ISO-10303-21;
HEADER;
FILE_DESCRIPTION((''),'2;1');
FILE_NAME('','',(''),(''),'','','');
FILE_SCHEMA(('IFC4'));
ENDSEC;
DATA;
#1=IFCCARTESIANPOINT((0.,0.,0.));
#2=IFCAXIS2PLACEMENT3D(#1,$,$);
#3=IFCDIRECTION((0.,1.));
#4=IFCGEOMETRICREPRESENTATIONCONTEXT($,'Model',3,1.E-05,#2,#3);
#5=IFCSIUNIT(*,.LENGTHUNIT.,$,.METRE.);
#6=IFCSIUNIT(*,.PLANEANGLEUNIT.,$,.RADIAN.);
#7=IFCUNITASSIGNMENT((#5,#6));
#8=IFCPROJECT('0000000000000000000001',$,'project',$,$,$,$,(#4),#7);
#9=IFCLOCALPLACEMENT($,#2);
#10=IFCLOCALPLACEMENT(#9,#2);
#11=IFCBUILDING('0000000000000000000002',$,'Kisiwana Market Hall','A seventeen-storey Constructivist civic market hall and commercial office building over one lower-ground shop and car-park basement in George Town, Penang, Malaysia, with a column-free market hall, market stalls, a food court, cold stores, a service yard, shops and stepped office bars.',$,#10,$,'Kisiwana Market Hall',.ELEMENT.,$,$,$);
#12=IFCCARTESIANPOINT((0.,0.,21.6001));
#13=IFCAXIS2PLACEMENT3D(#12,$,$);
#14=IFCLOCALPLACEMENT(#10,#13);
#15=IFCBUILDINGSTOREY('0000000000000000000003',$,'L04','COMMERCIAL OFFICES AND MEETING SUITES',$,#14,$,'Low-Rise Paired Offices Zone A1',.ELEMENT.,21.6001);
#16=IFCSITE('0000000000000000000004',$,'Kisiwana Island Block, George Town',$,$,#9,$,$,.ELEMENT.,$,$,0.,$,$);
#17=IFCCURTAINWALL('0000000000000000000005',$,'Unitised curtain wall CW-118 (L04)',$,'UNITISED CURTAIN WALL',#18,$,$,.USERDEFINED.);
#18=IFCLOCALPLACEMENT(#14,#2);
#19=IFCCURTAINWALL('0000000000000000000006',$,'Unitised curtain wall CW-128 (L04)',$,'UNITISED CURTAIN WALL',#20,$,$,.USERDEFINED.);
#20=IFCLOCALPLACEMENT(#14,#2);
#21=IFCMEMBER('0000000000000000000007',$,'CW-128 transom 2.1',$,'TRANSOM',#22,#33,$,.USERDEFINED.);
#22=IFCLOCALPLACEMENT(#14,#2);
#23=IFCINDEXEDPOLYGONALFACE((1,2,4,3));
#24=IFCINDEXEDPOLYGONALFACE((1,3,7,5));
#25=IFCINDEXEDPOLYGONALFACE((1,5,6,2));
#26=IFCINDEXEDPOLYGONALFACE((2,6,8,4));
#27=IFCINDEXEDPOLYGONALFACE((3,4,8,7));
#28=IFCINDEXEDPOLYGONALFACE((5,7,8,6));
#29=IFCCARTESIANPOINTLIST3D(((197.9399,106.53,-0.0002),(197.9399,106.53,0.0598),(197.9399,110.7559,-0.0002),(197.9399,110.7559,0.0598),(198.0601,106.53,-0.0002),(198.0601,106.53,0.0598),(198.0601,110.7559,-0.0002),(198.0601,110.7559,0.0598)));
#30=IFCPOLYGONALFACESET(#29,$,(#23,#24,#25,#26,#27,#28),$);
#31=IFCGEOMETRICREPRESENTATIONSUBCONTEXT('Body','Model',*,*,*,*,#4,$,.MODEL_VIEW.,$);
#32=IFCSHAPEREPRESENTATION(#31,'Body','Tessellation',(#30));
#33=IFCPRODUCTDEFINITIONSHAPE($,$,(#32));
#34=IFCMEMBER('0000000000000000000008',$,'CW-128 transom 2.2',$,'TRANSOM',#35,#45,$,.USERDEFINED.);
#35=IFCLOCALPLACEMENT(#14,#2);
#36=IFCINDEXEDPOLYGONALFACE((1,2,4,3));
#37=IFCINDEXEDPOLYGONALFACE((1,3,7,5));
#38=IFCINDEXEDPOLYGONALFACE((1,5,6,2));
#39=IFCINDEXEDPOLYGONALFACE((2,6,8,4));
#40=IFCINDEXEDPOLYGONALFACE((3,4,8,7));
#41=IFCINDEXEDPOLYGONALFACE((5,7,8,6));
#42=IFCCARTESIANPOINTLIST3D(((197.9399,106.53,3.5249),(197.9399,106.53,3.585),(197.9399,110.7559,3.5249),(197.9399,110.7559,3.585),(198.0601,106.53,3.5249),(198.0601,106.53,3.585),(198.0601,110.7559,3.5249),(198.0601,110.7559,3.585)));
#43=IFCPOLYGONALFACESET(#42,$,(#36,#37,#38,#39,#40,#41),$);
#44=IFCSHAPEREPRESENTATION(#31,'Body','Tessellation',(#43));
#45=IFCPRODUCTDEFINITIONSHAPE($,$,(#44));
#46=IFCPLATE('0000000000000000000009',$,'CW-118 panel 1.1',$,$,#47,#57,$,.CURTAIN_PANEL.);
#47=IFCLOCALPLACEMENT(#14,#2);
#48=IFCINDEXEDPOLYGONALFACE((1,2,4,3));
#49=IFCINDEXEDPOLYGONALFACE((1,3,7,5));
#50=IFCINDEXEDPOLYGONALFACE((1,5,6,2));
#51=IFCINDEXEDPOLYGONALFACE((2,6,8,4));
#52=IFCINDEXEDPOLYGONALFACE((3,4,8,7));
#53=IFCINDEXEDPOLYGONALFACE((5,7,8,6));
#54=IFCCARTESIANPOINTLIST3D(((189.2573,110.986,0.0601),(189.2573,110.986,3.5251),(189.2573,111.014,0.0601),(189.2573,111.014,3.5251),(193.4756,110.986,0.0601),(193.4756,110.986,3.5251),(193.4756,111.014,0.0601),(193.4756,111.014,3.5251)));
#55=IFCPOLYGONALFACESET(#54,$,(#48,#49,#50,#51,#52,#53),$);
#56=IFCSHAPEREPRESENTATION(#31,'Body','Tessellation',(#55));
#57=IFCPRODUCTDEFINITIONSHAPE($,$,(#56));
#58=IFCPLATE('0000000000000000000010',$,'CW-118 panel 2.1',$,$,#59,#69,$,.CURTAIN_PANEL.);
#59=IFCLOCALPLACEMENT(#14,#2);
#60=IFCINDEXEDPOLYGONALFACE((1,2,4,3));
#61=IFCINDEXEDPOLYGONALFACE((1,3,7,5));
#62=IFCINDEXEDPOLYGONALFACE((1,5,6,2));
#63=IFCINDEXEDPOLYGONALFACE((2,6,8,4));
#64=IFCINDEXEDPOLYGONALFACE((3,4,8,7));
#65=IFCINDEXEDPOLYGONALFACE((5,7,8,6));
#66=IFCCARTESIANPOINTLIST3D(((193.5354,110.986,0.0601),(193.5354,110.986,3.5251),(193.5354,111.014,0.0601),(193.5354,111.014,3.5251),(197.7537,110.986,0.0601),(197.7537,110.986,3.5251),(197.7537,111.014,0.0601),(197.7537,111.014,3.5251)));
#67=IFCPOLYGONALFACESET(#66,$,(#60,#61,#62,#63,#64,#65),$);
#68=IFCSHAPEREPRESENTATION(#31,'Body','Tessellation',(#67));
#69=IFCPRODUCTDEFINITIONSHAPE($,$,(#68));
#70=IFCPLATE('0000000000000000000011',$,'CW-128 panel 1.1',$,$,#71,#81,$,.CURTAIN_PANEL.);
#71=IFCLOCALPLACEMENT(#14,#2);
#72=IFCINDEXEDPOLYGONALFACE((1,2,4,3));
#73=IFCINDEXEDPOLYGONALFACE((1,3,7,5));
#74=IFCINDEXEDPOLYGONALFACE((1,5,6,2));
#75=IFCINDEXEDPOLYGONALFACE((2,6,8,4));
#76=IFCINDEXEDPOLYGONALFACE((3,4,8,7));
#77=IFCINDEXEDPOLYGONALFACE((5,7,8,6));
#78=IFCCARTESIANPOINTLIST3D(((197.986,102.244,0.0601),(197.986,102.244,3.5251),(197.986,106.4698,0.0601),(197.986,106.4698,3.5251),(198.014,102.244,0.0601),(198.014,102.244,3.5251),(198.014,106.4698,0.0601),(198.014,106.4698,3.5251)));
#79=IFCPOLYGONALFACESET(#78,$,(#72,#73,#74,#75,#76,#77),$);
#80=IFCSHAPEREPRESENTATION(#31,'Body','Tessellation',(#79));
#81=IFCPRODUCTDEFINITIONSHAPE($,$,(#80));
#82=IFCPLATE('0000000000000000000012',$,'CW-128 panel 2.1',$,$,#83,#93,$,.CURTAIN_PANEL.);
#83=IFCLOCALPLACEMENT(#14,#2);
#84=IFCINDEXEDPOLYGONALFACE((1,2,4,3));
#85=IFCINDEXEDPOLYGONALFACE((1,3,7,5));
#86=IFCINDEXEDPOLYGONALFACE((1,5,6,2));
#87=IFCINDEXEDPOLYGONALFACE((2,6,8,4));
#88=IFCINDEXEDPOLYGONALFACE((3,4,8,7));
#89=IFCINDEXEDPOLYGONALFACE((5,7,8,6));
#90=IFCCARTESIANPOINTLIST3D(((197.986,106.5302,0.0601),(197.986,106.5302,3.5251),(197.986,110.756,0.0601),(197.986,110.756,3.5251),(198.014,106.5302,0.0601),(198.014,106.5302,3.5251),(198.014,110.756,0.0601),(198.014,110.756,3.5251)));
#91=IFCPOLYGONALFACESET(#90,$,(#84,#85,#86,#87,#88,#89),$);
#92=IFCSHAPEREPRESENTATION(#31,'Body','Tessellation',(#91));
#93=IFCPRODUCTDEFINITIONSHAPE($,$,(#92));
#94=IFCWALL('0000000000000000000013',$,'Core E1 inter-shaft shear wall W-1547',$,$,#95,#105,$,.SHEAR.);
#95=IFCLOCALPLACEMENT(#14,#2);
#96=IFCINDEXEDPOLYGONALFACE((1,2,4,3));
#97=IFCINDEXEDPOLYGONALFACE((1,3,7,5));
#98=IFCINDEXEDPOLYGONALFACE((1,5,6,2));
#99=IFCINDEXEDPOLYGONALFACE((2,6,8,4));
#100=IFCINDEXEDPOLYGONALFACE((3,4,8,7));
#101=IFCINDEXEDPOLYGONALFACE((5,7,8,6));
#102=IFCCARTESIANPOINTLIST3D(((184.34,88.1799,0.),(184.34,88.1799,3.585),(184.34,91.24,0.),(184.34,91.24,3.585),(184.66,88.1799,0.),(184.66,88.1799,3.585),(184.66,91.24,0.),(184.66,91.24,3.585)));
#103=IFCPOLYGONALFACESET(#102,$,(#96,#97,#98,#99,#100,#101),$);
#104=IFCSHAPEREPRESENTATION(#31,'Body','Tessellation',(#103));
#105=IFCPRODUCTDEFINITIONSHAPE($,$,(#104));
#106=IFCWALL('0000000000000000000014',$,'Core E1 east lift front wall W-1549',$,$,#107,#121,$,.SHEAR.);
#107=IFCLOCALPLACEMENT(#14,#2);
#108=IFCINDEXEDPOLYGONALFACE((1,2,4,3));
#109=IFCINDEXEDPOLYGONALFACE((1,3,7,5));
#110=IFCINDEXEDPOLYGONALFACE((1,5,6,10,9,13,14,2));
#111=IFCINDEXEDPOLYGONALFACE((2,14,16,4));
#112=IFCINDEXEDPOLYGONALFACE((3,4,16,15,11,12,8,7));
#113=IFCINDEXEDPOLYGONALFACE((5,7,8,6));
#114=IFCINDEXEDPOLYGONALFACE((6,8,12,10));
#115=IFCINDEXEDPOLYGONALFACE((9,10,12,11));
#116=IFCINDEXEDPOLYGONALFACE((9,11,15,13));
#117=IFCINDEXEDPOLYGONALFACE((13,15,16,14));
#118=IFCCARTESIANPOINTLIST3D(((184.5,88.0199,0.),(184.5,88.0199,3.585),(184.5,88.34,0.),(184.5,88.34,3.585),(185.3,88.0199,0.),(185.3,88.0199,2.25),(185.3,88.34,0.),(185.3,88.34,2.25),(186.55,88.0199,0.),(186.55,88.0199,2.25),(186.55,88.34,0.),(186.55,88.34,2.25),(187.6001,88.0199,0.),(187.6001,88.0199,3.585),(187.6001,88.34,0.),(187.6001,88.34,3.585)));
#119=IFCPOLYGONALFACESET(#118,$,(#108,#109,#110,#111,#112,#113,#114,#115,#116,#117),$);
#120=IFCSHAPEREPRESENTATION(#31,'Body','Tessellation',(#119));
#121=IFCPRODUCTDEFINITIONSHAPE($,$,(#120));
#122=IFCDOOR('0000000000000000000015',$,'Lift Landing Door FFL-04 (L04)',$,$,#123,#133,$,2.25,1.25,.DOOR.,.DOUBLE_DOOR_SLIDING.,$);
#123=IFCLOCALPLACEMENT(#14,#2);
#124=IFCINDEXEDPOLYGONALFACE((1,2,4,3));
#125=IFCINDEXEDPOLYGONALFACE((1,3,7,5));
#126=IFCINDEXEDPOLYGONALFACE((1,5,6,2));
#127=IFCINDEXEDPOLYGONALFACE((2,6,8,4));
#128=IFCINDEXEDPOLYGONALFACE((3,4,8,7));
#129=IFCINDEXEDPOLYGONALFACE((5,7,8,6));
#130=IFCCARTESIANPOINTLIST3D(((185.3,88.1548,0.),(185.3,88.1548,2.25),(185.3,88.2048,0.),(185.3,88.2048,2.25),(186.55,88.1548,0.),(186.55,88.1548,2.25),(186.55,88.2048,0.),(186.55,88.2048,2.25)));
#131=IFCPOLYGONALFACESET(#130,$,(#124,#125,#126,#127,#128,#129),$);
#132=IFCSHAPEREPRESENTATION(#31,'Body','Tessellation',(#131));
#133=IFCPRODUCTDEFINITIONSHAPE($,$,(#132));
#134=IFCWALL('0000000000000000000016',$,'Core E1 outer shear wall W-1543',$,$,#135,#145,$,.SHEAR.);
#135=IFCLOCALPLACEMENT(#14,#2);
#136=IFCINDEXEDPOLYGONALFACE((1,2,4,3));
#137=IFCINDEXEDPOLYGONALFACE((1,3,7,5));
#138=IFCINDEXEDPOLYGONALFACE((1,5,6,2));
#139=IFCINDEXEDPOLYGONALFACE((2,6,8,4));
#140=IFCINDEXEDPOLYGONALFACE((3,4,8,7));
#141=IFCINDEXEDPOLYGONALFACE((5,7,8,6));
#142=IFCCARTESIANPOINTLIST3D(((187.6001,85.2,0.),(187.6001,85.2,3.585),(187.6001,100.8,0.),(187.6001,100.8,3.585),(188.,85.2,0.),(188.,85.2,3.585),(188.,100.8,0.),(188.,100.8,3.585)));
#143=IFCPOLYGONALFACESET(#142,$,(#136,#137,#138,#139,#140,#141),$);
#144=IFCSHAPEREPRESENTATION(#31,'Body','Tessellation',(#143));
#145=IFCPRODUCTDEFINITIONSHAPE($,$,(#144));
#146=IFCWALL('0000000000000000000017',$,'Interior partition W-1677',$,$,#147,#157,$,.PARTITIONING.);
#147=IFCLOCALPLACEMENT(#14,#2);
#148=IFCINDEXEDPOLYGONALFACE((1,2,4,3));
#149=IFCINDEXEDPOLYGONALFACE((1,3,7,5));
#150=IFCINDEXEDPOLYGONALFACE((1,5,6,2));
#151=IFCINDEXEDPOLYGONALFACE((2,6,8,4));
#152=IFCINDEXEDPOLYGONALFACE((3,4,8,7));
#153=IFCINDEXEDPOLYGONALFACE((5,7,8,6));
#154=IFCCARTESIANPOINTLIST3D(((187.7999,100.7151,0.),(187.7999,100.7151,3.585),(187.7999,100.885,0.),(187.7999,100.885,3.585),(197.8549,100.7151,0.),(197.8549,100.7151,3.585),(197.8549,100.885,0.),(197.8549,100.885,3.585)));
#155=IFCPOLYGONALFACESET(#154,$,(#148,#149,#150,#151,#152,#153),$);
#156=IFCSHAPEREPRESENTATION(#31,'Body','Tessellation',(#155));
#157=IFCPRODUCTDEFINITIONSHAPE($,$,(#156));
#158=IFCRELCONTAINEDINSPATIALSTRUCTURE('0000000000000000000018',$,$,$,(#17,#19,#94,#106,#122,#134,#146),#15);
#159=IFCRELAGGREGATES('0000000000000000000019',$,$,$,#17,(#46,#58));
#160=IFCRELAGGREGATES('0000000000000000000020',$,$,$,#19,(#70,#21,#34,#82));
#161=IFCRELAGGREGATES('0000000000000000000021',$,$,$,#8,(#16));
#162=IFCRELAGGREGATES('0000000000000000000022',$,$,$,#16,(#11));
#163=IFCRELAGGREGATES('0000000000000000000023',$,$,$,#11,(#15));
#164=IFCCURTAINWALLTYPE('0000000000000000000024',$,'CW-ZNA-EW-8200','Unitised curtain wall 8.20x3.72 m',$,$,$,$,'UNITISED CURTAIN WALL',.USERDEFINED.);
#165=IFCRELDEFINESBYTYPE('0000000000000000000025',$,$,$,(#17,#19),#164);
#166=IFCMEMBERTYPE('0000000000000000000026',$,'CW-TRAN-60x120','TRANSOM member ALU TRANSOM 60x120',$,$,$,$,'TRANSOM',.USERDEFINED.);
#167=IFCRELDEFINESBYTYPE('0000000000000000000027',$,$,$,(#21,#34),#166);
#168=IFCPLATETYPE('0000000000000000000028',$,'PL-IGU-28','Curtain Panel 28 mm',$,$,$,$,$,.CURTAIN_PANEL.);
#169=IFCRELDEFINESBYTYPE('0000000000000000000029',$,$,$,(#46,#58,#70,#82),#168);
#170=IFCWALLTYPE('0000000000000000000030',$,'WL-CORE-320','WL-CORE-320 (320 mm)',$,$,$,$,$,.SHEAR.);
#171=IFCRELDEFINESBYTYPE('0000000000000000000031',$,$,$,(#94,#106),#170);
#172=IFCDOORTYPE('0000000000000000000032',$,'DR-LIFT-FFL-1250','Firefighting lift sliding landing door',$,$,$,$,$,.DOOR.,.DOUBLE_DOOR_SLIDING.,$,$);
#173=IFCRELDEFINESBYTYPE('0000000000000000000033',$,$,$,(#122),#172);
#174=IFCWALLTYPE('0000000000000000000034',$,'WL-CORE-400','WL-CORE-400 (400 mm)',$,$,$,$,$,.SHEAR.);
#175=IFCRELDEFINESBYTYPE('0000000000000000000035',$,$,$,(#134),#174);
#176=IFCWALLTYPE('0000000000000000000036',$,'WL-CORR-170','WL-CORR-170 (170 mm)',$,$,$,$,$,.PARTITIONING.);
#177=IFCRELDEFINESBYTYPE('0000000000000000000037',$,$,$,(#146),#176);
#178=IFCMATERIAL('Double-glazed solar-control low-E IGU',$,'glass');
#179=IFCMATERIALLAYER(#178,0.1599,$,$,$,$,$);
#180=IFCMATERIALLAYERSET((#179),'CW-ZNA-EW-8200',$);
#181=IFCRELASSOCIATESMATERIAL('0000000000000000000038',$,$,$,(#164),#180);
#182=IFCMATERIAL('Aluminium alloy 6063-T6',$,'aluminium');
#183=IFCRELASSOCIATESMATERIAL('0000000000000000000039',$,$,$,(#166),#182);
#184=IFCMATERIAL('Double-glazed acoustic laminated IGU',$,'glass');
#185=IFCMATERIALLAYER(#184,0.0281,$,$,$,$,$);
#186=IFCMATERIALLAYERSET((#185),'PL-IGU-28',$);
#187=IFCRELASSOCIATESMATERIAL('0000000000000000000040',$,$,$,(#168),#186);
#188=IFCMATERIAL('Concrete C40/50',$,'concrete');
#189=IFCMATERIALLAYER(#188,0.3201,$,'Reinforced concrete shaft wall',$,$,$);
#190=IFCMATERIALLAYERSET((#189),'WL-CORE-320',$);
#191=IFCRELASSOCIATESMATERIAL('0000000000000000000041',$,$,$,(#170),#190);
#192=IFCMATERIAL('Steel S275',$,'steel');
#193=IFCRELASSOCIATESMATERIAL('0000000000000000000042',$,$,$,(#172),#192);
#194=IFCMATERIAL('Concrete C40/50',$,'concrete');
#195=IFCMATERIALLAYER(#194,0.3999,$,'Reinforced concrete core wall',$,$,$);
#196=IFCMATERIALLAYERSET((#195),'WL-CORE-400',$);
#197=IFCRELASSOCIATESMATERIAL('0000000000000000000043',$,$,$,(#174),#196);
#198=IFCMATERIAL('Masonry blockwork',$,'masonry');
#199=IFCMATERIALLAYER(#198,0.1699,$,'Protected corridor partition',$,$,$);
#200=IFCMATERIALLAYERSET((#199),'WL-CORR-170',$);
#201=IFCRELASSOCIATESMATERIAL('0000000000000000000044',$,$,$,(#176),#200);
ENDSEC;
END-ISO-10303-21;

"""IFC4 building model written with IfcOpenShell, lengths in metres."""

from ifc_helpers import new_model, si_unit, direction, frame, frame_2d, origin, origin_2d, place, context, subcontext, project, spatial, rectangle, extrude, material, layer, layer_set, material_profile, profile_set, type_object, element, fill, aggregate, save


model = new_model("IFC4")

# Units and contexts
model_context = context("Model", 3, precision=1e-05, world=origin(), true_north=direction((0.0, 1.0)))
body_context = subcontext(model_context, "Body", "Model", "MODEL_VIEW")
ifc_project = project(units=[si_unit("LENGTHUNIT", "METRE"), si_unit("PLANEANGLEUNIT", "RADIAN")], contexts=[model_context])

# Site, building, storey
site_placement = place(None, origin())
site = spatial("IfcSite", under=ifc_project, at=site_placement, Name="Kisiwana Island Block, George Town", CompositionType="ELEMENT", RefElevation=0.0)
building_placement = place(site_placement, origin())
building = spatial("IfcBuilding", under=site, at=building_placement, Name="Kisiwana Market Hall", Description="A seventeen-storey Constructivist civic market hall and commercial office building over one lower-ground shop and car-park basement in George Town, Penang, Malaysia, with a column-free market hall, market stalls, a food court, cold stores, a service yard, shops and stepped office bars.", LongName="Kisiwana Market Hall", CompositionType="ELEMENT")
storey_placement = place(building_placement, frame((0.0, 0.0, 21.6001)))
storey = spatial("IfcBuildingStorey", under=building, at=storey_placement, Name="L04", Description="COMMERCIAL OFFICES AND MEETING SUITES", LongName="Low-Rise Paired Offices Zone A1", CompositionType="ELEMENT", Elevation=21.6001)

# Curtain walls
ifc_material_1 = material(Name="Double-glazed solar-control low-E IGU", Category="glass")
ifc_layer_1 = layer(ifc_material_1, 0.1599)
ifc_layer_set_1 = layer_set([ifc_layer_1], Name="CW-ZNA-EW-8200")
curtain_wall_type = type_object("IfcCurtainWallType", Name="CW-ZNA-EW-8200", Description="Unitised curtain wall 8.20x3.72 m", ElementType="UNITISED CURTAIN WALL", PredefinedType="USERDEFINED", material=ifc_layer_set_1)
curtain_wall_1_placement = place(storey_placement, origin())
curtain_wall_1 = element("IfcCurtainWall", 1, at=curtain_wall_1_placement, inside=storey, type_object=curtain_wall_type, Name="Unitised curtain wall CW-118 (L04)", ObjectType="UNITISED CURTAIN WALL", PredefinedType="USERDEFINED")
curtain_wall_2_placement = place(storey_placement, origin())
curtain_wall_2 = element("IfcCurtainWall", 2, at=curtain_wall_2_placement, inside=storey, type_object=curtain_wall_type, Name="Unitised curtain wall CW-128 (L04)", ObjectType="UNITISED CURTAIN WALL", PredefinedType="USERDEFINED")

# Members
ifc_material_2 = material(Name="Aluminium alloy 6063-T6", Category="aluminium")
ifc_material_profile_1 = material_profile(ifc_material_2, rectangle(XDim=0.1201, YDim=0.0601, at=origin_2d()), Name="ALU TRANSOM 60x120")
ifc_profile_set_1 = profile_set([ifc_material_profile_1], Name="Aluminium alloy 6063-T6")
member_type_1 = type_object("IfcMemberType", Name="CW-TRAN-60x120", Description="TRANSOM member ALU TRANSOM 60x120", ElementType="TRANSOM", PredefinedType="USERDEFINED", material=ifc_profile_set_1)
member_1_placement = place(storey_placement, frame((198.0, 106.53, 0.0298), z_axis=(0.0, 1.0, 0.0), x_axis=(-1.0, 0.0, 0.0)))
member_1 = element("IfcMember", 3, at=member_1_placement, type_object=member_type_1, Name="CW-128 transom 2.1", ObjectType="TRANSOM", PredefinedType="USERDEFINED", context=body_context, shape_type="SweptSolid", body=[
    extrude(rectangle(XDim=0.1201, YDim=0.0601, at=origin_2d()), origin(), (0.0, 0.0, 1.0), 4.2258),
])
member_2_placement = place(storey_placement, frame((198.0, 106.53, 3.5549), z_axis=(0.0, 1.0, 0.0), x_axis=(-1.0, 0.0, 0.0)))
member_2 = element("IfcMember", 4, at=member_2_placement, type_object=member_type_1, Name="CW-128 transom 2.2", ObjectType="TRANSOM", PredefinedType="USERDEFINED", context=body_context, shape_type="SweptSolid", body=[
    extrude(rectangle(XDim=0.1201, YDim=0.0601, at=origin_2d()), origin(), (0.0, 0.0, 1.0), 4.2258),
])

# Plates
ifc_material_3 = material(Name="Double-glazed acoustic laminated IGU", Category="glass")
ifc_layer_2 = layer(ifc_material_3, 0.0281)
ifc_layer_set_2 = layer_set([ifc_layer_2], Name="PL-IGU-28")
plate_type = type_object("IfcPlateType", Name="PL-IGU-28", Description="Curtain Panel 28 mm", PredefinedType="CURTAIN_PANEL", material=ifc_layer_set_2)
plate_1_placement = place(storey_placement, frame((191.3665, 111.0, 0.0601), z_axis=(0.0, 0.0, 1.0), x_axis=(1.0, 0.0, 0.0)))
plate_1 = element("IfcPlate", 5, at=plate_1_placement, type_object=plate_type, Name="CW-118 panel 1.1", PredefinedType="CURTAIN_PANEL", context=body_context, shape_type="SweptSolid", body=[
    extrude(rectangle(XDim=4.2183, YDim=0.0281, at=origin_2d()), origin(), (0.0, 0.0, 1.0), 3.4651),
])
plate_2_placement = place(storey_placement, frame((195.6445, 111.0, 0.0601), z_axis=(0.0, 0.0, 1.0), x_axis=(1.0, 0.0, 0.0)))
plate_2 = element("IfcPlate", 6, at=plate_2_placement, type_object=plate_type, Name="CW-118 panel 2.1", PredefinedType="CURTAIN_PANEL", context=body_context, shape_type="SweptSolid", body=[
    extrude(rectangle(XDim=4.2183, YDim=0.0281, at=origin_2d()), origin(), (0.0, 0.0, 1.0), 3.4651),
])
aggregate(curtain_wall_1, [plate_1, plate_2])
plate_3_placement = place(storey_placement, frame((198.0, 104.3569, 0.0601), z_axis=(0.0, 0.0, 1.0), x_axis=(0.0, 1.0, 0.0)))
plate_3 = element("IfcPlate", 7, at=plate_3_placement, type_object=plate_type, Name="CW-128 panel 1.1", PredefinedType="CURTAIN_PANEL", context=body_context, shape_type="SweptSolid", body=[
    extrude(rectangle(XDim=4.2258, YDim=0.0281, at=origin_2d()), origin(), (0.0, 0.0, 1.0), 3.4651),
])
plate_4_placement = place(storey_placement, frame((198.0, 108.6431, 0.0601), z_axis=(0.0, 0.0, 1.0), x_axis=(0.0, 1.0, 0.0)))
plate_4 = element("IfcPlate", 8, at=plate_4_placement, type_object=plate_type, Name="CW-128 panel 2.1", PredefinedType="CURTAIN_PANEL", context=body_context, shape_type="SweptSolid", body=[
    extrude(rectangle(XDim=4.2258, YDim=0.0281, at=origin_2d()), origin(), (0.0, 0.0, 1.0), 3.4651),
])
aggregate(curtain_wall_2, [plate_3, member_1, member_2, plate_4])

# Wall
ifc_material_4 = material(Name="Concrete C40/50", Category="concrete")
ifc_layer_3 = layer(ifc_material_4, 0.3201, Name="Reinforced concrete shaft wall")
ifc_layer_set_3 = layer_set([ifc_layer_3], Name="WL-CORE-320")
wall_type_1 = type_object("IfcWallType", Name="WL-CORE-320", Description="WL-CORE-320 (320 mm)", PredefinedType="SHEAR", material=ifc_layer_set_3)
wall_1_placement = place(storey_placement, frame((184.5, 88.1799, 0.0), z_axis=(0.0, 0.0, 1.0), x_axis=(0.0, 1.0, 0.0)))
element("IfcWall", 9, at=wall_1_placement, inside=storey, type_object=wall_type_1, Name="Core E1 inter-shaft shear wall W-1547", PredefinedType="SHEAR", context=body_context, shape_type="SweptSolid", body=[
    extrude(rectangle(XDim=3.0601, YDim=0.3201, at=frame_2d((1.53, 0.0))), origin(), (0.0, 0.0, 1.0), 3.585),
])

# Wall, opening, door
wall_2_placement = place(storey_placement, frame((184.5, 88.1799, 0.0), z_axis=(0.0, 0.0, 1.0), x_axis=(1.0, 0.0, 0.0)))
wall_2 = element("IfcWall", 10, at=wall_2_placement, inside=storey, type_object=wall_type_1, Name="Core E1 east lift front wall W-1549", PredefinedType="SHEAR", context=body_context, shape_type="SweptSolid", body=[
    extrude(rectangle(XDim=3.1001, YDim=0.3201, at=frame_2d((1.55, 0.0))), origin(), (0.0, 0.0, 1.0), 3.585),
])
opening_placement = place(wall_2_placement, frame((0.8, 0.0, 0.0)))
opening = element("IfcOpeningElement", 11, at=opening_placement, cuts=wall_2, PredefinedType="OPENING", context=body_context, shape_type="SweptSolid", body=[
    extrude(rectangle(XDim=1.25, YDim=2.25, at=frame_2d((0.625, 1.125))), frame((0.0, 0.1719, 0.0), z_axis=(0.0, -1.0, 0.0), x_axis=(1.0, 0.0, 0.0)), (0.0, 0.0, 1.0), 0.344),
])
ifc_material_5 = material(Name="Steel S275", Category="steel")
door_type = type_object("IfcDoorType", Name="DR-LIFT-FFL-1250", Description="Firefighting lift sliding landing door", OperationType="DOUBLE_DOOR_SLIDING", PredefinedType="DOOR", material=ifc_material_5)
door_placement = place(opening_placement, origin())
door = element("IfcDoor", 12, at=door_placement, inside=storey, type_object=door_type, Name="Lift Landing Door FFL-04 (L04)", OperationType="DOUBLE_DOOR_SLIDING", OverallHeight=2.25, OverallWidth=1.25, PredefinedType="DOOR", context=body_context, shape_type="SweptSolid", body=[
    extrude(rectangle(XDim=1.25, YDim=2.25, at=frame_2d((0.625, 1.125))), frame((0.0, 0.0249, 0.0), z_axis=(0.0, -1.0, 0.0), x_axis=(1.0, 0.0, 0.0)), (0.0, 0.0, 1.0), 0.05),
])
fill(opening, door)

# Walls
ifc_material_6 = material(Name="Concrete C40/50", Category="concrete")
ifc_layer_4 = layer(ifc_material_6, 0.3999, Name="Reinforced concrete core wall")
ifc_layer_set_4 = layer_set([ifc_layer_4], Name="WL-CORE-400")
wall_type_2 = type_object("IfcWallType", Name="WL-CORE-400", Description="WL-CORE-400 (400 mm)", PredefinedType="SHEAR", material=ifc_layer_set_4)
wall_3_placement = place(storey_placement, frame((187.8, 85.2, 0.0), z_axis=(0.0, 0.0, 1.0), x_axis=(0.0, 1.0, 0.0)))
element("IfcWall", 13, at=wall_3_placement, inside=storey, type_object=wall_type_2, Name="Core E1 outer shear wall W-1543", PredefinedType="SHEAR", context=body_context, shape_type="SweptSolid", body=[
    extrude(rectangle(XDim=15.6001, YDim=0.3999, at=frame_2d((7.8, 0.0))), origin(), (0.0, 0.0, 1.0), 3.585),
])
ifc_material_7 = material(Name="Masonry blockwork", Category="masonry")
ifc_layer_5 = layer(ifc_material_7, 0.1699, Name="Protected corridor partition")
ifc_layer_set_5 = layer_set([ifc_layer_5], Name="WL-CORR-170")
wall_type_3 = type_object("IfcWallType", Name="WL-CORR-170", Description="WL-CORR-170 (170 mm)", PredefinedType="PARTITIONING", material=ifc_layer_set_5)
wall_4_placement = place(storey_placement, frame((187.8, 100.8, 0.0), z_axis=(0.0, 0.0, 1.0), x_axis=(1.0, 0.0, 0.0)))
element("IfcWall", 14, at=wall_4_placement, inside=storey, type_object=wall_type_3, Name="Interior partition W-1677", PredefinedType="PARTITIONING", context=body_context, shape_type="SweptSolid", body=[
    extrude(rectangle(XDim=10.0549, YDim=0.1699, at=frame_2d((5.0273, 0.0))), origin(), (0.0, 0.0, 1.0), 3.585),
])

save(model, "model.ifc")
